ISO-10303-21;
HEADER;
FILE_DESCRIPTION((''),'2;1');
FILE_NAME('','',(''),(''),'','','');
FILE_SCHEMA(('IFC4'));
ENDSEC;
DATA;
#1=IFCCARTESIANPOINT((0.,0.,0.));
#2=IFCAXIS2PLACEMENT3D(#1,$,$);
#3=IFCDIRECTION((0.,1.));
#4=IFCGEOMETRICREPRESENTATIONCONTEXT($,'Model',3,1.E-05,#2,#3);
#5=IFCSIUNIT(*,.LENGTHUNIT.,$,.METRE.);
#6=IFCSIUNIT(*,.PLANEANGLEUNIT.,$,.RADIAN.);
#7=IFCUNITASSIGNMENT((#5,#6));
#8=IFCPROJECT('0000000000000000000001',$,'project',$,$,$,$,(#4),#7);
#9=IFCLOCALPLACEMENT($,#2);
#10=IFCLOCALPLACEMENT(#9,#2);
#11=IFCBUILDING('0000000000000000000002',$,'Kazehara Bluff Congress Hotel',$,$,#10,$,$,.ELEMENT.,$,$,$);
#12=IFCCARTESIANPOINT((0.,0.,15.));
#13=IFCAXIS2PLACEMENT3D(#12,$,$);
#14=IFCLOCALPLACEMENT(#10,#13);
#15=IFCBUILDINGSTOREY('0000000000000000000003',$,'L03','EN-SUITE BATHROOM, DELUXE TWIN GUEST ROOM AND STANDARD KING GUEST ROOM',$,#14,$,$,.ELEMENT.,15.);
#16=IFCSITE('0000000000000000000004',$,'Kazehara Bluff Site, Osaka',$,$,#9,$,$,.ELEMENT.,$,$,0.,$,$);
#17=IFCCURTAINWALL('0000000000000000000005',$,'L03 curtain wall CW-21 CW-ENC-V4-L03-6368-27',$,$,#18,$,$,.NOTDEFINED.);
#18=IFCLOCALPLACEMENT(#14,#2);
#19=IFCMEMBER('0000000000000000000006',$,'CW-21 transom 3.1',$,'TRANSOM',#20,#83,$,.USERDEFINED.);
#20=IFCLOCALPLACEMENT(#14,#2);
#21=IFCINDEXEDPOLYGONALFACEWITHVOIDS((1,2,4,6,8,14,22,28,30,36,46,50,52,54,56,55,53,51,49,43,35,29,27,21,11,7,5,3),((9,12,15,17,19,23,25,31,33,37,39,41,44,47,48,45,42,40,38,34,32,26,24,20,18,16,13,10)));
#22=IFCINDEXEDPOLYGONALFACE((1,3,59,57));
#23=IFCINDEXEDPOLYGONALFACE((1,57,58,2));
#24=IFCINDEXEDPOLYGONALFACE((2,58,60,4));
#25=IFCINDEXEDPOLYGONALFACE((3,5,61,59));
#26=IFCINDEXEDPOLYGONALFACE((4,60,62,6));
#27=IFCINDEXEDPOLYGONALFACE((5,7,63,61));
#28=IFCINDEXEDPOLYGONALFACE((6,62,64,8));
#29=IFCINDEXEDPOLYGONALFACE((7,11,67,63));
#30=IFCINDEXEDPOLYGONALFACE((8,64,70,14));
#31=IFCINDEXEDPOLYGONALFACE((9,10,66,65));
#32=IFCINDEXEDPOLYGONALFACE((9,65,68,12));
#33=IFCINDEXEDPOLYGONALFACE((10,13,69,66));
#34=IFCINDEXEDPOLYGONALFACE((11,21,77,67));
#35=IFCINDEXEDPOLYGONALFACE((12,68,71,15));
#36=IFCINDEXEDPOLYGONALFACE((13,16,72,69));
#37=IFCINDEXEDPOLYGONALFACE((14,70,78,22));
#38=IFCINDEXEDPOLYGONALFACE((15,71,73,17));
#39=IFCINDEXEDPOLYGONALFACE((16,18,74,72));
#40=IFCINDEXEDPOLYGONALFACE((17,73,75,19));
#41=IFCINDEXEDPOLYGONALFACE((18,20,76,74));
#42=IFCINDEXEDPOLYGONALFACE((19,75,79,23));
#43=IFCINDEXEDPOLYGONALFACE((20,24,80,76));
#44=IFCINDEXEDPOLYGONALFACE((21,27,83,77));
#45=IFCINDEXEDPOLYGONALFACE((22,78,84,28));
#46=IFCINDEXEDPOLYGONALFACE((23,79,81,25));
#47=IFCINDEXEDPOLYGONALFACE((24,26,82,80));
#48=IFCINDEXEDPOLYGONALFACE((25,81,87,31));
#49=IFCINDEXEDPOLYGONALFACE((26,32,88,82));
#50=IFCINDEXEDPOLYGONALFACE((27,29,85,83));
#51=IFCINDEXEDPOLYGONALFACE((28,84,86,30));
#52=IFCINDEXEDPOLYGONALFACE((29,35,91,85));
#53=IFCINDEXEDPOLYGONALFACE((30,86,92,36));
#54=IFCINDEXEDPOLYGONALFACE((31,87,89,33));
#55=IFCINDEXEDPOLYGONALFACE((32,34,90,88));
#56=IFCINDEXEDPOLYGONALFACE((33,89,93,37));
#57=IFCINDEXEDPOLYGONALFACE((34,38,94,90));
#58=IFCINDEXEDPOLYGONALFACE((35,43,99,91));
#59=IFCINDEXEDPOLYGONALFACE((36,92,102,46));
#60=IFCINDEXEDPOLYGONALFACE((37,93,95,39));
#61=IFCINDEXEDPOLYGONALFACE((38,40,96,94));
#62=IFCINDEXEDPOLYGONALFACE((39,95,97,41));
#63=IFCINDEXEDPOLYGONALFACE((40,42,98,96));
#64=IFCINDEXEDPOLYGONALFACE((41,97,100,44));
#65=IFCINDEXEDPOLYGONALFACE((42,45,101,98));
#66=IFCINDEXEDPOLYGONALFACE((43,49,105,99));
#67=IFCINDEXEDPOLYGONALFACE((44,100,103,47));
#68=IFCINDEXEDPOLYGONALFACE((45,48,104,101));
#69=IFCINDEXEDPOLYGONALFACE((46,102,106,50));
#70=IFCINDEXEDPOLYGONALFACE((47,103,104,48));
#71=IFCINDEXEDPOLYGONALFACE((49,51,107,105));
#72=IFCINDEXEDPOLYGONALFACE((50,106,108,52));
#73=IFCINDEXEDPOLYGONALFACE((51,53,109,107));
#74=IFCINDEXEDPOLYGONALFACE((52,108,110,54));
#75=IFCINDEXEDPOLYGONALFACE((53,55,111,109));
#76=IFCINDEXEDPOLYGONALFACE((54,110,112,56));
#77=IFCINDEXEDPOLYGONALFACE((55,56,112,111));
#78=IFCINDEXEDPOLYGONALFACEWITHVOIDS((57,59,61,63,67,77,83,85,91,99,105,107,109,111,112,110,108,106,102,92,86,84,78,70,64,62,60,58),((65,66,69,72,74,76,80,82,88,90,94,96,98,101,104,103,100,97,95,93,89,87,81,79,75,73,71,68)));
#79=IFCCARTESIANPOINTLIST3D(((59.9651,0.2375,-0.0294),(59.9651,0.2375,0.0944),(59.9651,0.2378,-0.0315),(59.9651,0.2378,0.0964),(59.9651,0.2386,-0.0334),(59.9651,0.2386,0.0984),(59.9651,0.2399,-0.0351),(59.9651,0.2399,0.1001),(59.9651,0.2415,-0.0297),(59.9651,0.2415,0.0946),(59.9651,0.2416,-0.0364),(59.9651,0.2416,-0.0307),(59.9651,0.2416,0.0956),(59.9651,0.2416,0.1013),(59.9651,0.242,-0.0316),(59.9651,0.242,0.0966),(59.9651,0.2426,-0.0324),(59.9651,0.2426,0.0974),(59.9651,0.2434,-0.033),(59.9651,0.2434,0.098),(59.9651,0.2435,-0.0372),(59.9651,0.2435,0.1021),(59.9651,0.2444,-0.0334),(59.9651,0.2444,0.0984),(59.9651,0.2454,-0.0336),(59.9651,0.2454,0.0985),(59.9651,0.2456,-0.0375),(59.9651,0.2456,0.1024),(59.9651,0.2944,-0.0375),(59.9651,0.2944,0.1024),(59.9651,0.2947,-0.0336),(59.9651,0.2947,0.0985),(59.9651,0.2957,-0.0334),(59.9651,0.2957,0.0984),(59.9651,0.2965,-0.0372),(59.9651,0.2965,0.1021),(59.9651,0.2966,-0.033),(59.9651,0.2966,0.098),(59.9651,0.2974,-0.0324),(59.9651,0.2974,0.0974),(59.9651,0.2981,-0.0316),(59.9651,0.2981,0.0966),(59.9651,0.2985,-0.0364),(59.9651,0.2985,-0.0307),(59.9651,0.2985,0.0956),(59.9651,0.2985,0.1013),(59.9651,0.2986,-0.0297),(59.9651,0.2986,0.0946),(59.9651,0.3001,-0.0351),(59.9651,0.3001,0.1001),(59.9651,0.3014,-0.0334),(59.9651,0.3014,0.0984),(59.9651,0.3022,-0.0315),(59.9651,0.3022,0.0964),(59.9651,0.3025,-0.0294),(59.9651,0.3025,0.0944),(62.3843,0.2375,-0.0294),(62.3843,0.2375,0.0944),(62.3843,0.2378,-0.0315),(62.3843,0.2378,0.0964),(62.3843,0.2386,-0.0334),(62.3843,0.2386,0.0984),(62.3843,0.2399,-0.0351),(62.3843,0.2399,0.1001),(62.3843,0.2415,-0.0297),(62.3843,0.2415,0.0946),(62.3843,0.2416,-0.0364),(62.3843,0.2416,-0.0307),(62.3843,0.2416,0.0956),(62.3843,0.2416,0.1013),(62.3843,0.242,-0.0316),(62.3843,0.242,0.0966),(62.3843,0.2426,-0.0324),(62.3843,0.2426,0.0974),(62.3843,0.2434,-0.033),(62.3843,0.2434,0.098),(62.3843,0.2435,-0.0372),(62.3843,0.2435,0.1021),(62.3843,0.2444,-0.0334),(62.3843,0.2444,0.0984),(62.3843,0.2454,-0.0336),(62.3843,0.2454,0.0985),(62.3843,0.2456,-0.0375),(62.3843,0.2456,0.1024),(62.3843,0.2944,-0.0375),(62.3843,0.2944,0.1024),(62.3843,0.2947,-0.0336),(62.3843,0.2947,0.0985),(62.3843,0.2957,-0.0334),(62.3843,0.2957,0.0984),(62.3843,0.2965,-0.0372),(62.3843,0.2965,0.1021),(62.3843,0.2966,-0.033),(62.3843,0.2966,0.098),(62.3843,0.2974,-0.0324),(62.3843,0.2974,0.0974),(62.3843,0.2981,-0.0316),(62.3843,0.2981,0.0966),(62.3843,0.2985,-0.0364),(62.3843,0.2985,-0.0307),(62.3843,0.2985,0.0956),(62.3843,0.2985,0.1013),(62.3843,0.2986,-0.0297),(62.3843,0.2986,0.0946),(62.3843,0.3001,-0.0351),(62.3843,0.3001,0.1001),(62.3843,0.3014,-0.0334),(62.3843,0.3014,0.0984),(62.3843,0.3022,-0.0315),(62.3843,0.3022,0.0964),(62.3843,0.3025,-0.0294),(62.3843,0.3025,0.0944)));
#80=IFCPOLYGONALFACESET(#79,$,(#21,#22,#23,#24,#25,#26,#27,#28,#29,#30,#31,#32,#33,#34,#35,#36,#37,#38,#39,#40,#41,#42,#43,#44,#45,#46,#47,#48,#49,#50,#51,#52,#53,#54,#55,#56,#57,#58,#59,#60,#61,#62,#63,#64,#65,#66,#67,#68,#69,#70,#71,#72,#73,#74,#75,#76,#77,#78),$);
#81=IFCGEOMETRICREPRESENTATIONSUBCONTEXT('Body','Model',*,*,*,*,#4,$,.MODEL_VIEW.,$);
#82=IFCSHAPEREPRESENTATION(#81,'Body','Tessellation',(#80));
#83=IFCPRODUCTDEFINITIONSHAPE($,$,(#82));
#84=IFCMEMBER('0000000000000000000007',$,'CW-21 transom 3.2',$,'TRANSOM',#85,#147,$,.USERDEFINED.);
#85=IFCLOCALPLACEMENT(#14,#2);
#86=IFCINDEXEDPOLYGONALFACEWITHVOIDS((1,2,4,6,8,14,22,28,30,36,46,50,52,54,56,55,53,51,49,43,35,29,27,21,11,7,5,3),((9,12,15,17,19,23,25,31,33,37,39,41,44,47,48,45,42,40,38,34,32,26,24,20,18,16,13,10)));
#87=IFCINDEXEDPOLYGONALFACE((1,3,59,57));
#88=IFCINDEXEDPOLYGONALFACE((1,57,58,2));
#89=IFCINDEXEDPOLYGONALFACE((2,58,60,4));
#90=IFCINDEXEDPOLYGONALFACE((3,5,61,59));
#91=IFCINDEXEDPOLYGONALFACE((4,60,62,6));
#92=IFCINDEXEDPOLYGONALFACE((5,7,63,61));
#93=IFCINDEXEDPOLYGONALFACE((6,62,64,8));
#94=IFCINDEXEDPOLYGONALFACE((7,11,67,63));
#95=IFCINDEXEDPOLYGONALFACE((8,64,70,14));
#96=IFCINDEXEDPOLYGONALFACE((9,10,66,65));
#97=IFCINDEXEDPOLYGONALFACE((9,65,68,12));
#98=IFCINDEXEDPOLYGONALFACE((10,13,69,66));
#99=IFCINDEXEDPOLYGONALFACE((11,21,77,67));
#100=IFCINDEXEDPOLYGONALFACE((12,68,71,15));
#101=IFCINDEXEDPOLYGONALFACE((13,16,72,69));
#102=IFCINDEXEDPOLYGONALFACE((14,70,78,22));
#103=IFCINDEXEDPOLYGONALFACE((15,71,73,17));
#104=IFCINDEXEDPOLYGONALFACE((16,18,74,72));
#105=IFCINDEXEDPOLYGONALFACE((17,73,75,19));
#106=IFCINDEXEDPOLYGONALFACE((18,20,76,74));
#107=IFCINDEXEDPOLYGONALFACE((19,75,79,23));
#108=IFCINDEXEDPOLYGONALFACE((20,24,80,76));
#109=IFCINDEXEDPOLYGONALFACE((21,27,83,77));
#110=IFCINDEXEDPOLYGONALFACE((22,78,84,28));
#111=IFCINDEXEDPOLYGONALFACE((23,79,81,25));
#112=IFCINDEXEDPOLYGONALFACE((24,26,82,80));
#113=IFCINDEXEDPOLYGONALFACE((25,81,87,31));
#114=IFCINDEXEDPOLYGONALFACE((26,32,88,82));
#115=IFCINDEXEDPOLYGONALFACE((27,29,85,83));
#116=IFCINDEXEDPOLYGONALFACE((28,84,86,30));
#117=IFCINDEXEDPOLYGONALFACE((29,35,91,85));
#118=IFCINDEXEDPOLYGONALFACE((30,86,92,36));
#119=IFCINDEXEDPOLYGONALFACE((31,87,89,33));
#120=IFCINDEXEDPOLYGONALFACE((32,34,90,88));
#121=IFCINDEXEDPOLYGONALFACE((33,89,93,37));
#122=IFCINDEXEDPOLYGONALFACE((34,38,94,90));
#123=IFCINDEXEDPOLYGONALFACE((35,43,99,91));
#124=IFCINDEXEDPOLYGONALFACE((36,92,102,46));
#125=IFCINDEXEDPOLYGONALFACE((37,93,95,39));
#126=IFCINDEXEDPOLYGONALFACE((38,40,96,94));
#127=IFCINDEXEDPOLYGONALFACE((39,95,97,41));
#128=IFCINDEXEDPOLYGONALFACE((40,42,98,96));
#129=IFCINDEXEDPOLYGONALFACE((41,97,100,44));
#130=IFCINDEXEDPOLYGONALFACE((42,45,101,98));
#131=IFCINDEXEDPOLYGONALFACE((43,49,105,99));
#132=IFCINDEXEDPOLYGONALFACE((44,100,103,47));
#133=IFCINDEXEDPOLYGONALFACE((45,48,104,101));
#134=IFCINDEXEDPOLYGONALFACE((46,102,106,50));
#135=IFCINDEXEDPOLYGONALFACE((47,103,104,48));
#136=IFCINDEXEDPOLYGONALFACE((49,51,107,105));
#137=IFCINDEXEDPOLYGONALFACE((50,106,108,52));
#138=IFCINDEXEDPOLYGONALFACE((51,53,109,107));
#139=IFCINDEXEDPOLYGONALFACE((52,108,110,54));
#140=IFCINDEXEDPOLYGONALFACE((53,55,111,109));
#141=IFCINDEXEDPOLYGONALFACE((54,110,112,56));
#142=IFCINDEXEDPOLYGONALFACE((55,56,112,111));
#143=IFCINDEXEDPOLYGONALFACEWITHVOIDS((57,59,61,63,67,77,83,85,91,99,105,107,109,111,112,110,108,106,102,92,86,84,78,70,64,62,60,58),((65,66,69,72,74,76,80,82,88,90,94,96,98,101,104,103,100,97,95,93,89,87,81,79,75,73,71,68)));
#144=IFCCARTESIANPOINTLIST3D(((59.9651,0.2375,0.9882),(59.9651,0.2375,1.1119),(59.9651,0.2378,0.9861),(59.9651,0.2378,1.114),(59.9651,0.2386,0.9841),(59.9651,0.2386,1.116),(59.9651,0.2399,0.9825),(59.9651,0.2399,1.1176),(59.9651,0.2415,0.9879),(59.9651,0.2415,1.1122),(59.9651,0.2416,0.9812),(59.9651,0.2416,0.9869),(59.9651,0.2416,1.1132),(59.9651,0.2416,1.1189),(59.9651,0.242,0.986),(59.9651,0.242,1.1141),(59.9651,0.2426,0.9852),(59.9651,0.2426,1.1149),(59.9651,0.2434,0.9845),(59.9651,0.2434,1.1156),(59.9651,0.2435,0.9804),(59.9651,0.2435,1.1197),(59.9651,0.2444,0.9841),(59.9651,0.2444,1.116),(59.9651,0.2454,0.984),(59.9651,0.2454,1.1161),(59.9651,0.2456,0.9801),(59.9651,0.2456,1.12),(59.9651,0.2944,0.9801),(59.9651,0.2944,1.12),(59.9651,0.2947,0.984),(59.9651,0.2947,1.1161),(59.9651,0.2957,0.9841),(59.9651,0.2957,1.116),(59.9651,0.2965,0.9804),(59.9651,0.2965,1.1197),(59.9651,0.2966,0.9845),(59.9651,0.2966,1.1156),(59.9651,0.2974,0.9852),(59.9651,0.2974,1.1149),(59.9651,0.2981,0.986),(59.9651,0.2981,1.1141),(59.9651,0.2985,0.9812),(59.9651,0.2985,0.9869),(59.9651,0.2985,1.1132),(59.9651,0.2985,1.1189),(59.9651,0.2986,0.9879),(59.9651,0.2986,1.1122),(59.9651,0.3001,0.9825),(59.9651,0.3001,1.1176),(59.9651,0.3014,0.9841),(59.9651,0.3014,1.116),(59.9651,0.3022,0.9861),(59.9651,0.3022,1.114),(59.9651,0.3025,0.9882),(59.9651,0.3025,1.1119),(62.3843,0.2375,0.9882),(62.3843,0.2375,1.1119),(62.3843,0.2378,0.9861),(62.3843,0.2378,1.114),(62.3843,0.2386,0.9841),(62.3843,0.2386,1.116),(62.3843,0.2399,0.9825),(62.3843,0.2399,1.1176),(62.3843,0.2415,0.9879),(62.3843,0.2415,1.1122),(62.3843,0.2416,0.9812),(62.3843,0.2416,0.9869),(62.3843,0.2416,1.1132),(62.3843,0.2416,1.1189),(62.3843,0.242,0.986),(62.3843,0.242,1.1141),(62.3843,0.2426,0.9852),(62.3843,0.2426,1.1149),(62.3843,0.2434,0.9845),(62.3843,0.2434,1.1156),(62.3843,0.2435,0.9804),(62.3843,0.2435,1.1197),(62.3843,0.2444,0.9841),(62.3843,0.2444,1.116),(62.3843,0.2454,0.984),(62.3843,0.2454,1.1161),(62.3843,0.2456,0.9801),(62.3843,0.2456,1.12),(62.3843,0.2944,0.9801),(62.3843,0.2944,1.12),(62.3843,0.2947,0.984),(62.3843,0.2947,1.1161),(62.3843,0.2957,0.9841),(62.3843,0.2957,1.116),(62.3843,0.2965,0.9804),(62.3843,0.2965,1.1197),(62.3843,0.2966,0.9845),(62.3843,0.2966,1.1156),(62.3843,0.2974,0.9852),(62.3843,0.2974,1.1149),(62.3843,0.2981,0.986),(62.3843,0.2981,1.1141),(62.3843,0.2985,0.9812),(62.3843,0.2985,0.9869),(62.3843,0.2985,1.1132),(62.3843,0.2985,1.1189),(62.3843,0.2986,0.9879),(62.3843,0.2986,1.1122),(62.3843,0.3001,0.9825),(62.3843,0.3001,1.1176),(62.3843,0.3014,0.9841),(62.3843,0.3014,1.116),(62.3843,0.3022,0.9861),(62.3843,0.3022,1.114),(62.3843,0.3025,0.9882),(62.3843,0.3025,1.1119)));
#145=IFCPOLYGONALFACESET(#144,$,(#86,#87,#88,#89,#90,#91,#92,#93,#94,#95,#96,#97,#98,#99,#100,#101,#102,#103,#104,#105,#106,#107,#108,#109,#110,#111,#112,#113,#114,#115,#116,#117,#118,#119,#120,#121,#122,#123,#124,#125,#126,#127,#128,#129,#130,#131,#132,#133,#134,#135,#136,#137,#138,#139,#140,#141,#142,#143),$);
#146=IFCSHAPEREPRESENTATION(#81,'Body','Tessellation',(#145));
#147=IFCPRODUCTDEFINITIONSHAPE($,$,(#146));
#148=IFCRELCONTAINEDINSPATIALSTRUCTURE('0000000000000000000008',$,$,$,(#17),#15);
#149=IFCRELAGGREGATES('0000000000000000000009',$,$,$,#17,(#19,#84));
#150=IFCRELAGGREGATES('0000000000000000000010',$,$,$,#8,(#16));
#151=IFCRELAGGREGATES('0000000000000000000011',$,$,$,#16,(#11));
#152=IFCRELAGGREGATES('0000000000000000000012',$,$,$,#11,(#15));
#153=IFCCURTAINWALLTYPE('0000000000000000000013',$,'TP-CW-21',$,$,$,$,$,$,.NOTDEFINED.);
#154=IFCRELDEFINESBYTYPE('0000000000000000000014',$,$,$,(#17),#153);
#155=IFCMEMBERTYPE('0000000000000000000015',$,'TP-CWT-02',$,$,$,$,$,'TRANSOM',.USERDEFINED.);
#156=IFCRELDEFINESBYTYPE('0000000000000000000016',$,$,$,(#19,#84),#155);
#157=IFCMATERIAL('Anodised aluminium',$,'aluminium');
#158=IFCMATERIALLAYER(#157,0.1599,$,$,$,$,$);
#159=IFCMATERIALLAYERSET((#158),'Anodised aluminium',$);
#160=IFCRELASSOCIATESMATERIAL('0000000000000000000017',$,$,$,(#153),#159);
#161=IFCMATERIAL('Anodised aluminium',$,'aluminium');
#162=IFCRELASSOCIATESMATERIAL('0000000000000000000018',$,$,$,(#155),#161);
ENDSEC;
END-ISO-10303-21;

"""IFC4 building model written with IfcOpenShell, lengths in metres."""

from ifc_helpers import new_model, si_unit, direction, frame, origin, origin_2d, place, context, subcontext, project, spatial, hollow_rectangle, extrude, material, layer, layer_set, material_profile, profile_set, type_object, element, aggregate, save


model = new_model("IFC4")

# Units and contexts
model_context = context("Model", 3, precision=1e-05, world=origin(), true_north=direction((0.0, 1.0)))
body_context = subcontext(model_context, "Body", "Model", "MODEL_VIEW")
ifc_project = project(units=[si_unit("LENGTHUNIT", "METRE"), si_unit("PLANEANGLEUNIT", "RADIAN")], contexts=[model_context])

# Site, building, storey
site_placement = place(None, origin())
site = spatial("IfcSite", under=ifc_project, at=site_placement, Name="Kazehara Bluff Site, Osaka", CompositionType="ELEMENT", RefElevation=0.0)
building_placement = place(site_placement, origin())
building = spatial("IfcBuilding", under=site, at=building_placement, Name="Kazehara Bluff Congress Hotel", CompositionType="ELEMENT")
storey_placement = place(building_placement, frame((0.0, 0.0, 15.0)))
storey = spatial("IfcBuildingStorey", under=building, at=storey_placement, Name="L03", Description="EN-SUITE BATHROOM, DELUXE TWIN GUEST ROOM AND STANDARD KING GUEST ROOM", CompositionType="ELEMENT", Elevation=15.0)

# Curtain wall, members
ifc_material_1 = material(Name="Anodised aluminium", Category="aluminium")
ifc_layer_1 = layer(ifc_material_1, 0.1599)
ifc_layer_set_1 = layer_set([ifc_layer_1], Name="Anodised aluminium")
curtain_wall_type = type_object("IfcCurtainWallType", Name="TP-CW-21", PredefinedType="NOTDEFINED", material=ifc_layer_set_1)
curtain_wall_placement = place(storey_placement, origin())
curtain_wall = element("IfcCurtainWall", 1, at=curtain_wall_placement, inside=storey, type_object=curtain_wall_type, Name="L03 curtain wall CW-21 CW-ENC-V4-L03-6368-27", PredefinedType="NOTDEFINED")
ifc_material_2 = material(Name="Anodised aluminium", Category="aluminium")
ifc_material_profile_1 = material_profile(ifc_material_2, hollow_rectangle(XDim=0.0649, YDim=0.1399, WallThickness=0.0039, InnerFilletRadius=0.0039, OuterFilletRadius=0.0081, at=origin_2d()))
ifc_profile_set_1 = profile_set([ifc_material_profile_1], Name="Anodised aluminium")
member_type_1 = type_object("IfcMemberType", Name="TP-CWT-02", ElementType="TRANSOM", PredefinedType="USERDEFINED", material=ifc_profile_set_1)
member_1_placement = place(storey_placement, frame((62.3843, 0.27, 0.0325), z_axis=(-1.0, 0.0, 0.0), x_axis=(0.0, -1.0, 0.0)))
member_1 = element("IfcMember", 2, at=member_1_placement, type_object=member_type_1, Name="CW-21 transom 3.1", ObjectType="TRANSOM", PredefinedType="USERDEFINED", context=body_context, shape_type="SweptSolid", body=[
    extrude(hollow_rectangle(XDim=0.0649, YDim=0.1399, WallThickness=0.0039, InnerFilletRadius=0.0039, OuterFilletRadius=0.0081, at=origin_2d()), origin(), (0.0, 0.0, 1.0), 2.4192),
])
member_2_placement = place(storey_placement, frame((62.3843, 0.27, 1.05), z_axis=(-1.0, 0.0, 0.0), x_axis=(0.0, -1.0, 0.0)))
member_2 = element("IfcMember", 3, at=member_2_placement, type_object=member_type_1, Name="CW-21 transom 3.2", ObjectType="TRANSOM", PredefinedType="USERDEFINED", context=body_context, shape_type="SweptSolid", body=[
    extrude(hollow_rectangle(XDim=0.0649, YDim=0.1399, WallThickness=0.0039, InnerFilletRadius=0.0039, OuterFilletRadius=0.0081, at=origin_2d()), origin(), (0.0, 0.0, 1.0), 2.4192),
])

aggregate(curtain_wall, [member_1, member_2])

save(model, "model.ifc")
